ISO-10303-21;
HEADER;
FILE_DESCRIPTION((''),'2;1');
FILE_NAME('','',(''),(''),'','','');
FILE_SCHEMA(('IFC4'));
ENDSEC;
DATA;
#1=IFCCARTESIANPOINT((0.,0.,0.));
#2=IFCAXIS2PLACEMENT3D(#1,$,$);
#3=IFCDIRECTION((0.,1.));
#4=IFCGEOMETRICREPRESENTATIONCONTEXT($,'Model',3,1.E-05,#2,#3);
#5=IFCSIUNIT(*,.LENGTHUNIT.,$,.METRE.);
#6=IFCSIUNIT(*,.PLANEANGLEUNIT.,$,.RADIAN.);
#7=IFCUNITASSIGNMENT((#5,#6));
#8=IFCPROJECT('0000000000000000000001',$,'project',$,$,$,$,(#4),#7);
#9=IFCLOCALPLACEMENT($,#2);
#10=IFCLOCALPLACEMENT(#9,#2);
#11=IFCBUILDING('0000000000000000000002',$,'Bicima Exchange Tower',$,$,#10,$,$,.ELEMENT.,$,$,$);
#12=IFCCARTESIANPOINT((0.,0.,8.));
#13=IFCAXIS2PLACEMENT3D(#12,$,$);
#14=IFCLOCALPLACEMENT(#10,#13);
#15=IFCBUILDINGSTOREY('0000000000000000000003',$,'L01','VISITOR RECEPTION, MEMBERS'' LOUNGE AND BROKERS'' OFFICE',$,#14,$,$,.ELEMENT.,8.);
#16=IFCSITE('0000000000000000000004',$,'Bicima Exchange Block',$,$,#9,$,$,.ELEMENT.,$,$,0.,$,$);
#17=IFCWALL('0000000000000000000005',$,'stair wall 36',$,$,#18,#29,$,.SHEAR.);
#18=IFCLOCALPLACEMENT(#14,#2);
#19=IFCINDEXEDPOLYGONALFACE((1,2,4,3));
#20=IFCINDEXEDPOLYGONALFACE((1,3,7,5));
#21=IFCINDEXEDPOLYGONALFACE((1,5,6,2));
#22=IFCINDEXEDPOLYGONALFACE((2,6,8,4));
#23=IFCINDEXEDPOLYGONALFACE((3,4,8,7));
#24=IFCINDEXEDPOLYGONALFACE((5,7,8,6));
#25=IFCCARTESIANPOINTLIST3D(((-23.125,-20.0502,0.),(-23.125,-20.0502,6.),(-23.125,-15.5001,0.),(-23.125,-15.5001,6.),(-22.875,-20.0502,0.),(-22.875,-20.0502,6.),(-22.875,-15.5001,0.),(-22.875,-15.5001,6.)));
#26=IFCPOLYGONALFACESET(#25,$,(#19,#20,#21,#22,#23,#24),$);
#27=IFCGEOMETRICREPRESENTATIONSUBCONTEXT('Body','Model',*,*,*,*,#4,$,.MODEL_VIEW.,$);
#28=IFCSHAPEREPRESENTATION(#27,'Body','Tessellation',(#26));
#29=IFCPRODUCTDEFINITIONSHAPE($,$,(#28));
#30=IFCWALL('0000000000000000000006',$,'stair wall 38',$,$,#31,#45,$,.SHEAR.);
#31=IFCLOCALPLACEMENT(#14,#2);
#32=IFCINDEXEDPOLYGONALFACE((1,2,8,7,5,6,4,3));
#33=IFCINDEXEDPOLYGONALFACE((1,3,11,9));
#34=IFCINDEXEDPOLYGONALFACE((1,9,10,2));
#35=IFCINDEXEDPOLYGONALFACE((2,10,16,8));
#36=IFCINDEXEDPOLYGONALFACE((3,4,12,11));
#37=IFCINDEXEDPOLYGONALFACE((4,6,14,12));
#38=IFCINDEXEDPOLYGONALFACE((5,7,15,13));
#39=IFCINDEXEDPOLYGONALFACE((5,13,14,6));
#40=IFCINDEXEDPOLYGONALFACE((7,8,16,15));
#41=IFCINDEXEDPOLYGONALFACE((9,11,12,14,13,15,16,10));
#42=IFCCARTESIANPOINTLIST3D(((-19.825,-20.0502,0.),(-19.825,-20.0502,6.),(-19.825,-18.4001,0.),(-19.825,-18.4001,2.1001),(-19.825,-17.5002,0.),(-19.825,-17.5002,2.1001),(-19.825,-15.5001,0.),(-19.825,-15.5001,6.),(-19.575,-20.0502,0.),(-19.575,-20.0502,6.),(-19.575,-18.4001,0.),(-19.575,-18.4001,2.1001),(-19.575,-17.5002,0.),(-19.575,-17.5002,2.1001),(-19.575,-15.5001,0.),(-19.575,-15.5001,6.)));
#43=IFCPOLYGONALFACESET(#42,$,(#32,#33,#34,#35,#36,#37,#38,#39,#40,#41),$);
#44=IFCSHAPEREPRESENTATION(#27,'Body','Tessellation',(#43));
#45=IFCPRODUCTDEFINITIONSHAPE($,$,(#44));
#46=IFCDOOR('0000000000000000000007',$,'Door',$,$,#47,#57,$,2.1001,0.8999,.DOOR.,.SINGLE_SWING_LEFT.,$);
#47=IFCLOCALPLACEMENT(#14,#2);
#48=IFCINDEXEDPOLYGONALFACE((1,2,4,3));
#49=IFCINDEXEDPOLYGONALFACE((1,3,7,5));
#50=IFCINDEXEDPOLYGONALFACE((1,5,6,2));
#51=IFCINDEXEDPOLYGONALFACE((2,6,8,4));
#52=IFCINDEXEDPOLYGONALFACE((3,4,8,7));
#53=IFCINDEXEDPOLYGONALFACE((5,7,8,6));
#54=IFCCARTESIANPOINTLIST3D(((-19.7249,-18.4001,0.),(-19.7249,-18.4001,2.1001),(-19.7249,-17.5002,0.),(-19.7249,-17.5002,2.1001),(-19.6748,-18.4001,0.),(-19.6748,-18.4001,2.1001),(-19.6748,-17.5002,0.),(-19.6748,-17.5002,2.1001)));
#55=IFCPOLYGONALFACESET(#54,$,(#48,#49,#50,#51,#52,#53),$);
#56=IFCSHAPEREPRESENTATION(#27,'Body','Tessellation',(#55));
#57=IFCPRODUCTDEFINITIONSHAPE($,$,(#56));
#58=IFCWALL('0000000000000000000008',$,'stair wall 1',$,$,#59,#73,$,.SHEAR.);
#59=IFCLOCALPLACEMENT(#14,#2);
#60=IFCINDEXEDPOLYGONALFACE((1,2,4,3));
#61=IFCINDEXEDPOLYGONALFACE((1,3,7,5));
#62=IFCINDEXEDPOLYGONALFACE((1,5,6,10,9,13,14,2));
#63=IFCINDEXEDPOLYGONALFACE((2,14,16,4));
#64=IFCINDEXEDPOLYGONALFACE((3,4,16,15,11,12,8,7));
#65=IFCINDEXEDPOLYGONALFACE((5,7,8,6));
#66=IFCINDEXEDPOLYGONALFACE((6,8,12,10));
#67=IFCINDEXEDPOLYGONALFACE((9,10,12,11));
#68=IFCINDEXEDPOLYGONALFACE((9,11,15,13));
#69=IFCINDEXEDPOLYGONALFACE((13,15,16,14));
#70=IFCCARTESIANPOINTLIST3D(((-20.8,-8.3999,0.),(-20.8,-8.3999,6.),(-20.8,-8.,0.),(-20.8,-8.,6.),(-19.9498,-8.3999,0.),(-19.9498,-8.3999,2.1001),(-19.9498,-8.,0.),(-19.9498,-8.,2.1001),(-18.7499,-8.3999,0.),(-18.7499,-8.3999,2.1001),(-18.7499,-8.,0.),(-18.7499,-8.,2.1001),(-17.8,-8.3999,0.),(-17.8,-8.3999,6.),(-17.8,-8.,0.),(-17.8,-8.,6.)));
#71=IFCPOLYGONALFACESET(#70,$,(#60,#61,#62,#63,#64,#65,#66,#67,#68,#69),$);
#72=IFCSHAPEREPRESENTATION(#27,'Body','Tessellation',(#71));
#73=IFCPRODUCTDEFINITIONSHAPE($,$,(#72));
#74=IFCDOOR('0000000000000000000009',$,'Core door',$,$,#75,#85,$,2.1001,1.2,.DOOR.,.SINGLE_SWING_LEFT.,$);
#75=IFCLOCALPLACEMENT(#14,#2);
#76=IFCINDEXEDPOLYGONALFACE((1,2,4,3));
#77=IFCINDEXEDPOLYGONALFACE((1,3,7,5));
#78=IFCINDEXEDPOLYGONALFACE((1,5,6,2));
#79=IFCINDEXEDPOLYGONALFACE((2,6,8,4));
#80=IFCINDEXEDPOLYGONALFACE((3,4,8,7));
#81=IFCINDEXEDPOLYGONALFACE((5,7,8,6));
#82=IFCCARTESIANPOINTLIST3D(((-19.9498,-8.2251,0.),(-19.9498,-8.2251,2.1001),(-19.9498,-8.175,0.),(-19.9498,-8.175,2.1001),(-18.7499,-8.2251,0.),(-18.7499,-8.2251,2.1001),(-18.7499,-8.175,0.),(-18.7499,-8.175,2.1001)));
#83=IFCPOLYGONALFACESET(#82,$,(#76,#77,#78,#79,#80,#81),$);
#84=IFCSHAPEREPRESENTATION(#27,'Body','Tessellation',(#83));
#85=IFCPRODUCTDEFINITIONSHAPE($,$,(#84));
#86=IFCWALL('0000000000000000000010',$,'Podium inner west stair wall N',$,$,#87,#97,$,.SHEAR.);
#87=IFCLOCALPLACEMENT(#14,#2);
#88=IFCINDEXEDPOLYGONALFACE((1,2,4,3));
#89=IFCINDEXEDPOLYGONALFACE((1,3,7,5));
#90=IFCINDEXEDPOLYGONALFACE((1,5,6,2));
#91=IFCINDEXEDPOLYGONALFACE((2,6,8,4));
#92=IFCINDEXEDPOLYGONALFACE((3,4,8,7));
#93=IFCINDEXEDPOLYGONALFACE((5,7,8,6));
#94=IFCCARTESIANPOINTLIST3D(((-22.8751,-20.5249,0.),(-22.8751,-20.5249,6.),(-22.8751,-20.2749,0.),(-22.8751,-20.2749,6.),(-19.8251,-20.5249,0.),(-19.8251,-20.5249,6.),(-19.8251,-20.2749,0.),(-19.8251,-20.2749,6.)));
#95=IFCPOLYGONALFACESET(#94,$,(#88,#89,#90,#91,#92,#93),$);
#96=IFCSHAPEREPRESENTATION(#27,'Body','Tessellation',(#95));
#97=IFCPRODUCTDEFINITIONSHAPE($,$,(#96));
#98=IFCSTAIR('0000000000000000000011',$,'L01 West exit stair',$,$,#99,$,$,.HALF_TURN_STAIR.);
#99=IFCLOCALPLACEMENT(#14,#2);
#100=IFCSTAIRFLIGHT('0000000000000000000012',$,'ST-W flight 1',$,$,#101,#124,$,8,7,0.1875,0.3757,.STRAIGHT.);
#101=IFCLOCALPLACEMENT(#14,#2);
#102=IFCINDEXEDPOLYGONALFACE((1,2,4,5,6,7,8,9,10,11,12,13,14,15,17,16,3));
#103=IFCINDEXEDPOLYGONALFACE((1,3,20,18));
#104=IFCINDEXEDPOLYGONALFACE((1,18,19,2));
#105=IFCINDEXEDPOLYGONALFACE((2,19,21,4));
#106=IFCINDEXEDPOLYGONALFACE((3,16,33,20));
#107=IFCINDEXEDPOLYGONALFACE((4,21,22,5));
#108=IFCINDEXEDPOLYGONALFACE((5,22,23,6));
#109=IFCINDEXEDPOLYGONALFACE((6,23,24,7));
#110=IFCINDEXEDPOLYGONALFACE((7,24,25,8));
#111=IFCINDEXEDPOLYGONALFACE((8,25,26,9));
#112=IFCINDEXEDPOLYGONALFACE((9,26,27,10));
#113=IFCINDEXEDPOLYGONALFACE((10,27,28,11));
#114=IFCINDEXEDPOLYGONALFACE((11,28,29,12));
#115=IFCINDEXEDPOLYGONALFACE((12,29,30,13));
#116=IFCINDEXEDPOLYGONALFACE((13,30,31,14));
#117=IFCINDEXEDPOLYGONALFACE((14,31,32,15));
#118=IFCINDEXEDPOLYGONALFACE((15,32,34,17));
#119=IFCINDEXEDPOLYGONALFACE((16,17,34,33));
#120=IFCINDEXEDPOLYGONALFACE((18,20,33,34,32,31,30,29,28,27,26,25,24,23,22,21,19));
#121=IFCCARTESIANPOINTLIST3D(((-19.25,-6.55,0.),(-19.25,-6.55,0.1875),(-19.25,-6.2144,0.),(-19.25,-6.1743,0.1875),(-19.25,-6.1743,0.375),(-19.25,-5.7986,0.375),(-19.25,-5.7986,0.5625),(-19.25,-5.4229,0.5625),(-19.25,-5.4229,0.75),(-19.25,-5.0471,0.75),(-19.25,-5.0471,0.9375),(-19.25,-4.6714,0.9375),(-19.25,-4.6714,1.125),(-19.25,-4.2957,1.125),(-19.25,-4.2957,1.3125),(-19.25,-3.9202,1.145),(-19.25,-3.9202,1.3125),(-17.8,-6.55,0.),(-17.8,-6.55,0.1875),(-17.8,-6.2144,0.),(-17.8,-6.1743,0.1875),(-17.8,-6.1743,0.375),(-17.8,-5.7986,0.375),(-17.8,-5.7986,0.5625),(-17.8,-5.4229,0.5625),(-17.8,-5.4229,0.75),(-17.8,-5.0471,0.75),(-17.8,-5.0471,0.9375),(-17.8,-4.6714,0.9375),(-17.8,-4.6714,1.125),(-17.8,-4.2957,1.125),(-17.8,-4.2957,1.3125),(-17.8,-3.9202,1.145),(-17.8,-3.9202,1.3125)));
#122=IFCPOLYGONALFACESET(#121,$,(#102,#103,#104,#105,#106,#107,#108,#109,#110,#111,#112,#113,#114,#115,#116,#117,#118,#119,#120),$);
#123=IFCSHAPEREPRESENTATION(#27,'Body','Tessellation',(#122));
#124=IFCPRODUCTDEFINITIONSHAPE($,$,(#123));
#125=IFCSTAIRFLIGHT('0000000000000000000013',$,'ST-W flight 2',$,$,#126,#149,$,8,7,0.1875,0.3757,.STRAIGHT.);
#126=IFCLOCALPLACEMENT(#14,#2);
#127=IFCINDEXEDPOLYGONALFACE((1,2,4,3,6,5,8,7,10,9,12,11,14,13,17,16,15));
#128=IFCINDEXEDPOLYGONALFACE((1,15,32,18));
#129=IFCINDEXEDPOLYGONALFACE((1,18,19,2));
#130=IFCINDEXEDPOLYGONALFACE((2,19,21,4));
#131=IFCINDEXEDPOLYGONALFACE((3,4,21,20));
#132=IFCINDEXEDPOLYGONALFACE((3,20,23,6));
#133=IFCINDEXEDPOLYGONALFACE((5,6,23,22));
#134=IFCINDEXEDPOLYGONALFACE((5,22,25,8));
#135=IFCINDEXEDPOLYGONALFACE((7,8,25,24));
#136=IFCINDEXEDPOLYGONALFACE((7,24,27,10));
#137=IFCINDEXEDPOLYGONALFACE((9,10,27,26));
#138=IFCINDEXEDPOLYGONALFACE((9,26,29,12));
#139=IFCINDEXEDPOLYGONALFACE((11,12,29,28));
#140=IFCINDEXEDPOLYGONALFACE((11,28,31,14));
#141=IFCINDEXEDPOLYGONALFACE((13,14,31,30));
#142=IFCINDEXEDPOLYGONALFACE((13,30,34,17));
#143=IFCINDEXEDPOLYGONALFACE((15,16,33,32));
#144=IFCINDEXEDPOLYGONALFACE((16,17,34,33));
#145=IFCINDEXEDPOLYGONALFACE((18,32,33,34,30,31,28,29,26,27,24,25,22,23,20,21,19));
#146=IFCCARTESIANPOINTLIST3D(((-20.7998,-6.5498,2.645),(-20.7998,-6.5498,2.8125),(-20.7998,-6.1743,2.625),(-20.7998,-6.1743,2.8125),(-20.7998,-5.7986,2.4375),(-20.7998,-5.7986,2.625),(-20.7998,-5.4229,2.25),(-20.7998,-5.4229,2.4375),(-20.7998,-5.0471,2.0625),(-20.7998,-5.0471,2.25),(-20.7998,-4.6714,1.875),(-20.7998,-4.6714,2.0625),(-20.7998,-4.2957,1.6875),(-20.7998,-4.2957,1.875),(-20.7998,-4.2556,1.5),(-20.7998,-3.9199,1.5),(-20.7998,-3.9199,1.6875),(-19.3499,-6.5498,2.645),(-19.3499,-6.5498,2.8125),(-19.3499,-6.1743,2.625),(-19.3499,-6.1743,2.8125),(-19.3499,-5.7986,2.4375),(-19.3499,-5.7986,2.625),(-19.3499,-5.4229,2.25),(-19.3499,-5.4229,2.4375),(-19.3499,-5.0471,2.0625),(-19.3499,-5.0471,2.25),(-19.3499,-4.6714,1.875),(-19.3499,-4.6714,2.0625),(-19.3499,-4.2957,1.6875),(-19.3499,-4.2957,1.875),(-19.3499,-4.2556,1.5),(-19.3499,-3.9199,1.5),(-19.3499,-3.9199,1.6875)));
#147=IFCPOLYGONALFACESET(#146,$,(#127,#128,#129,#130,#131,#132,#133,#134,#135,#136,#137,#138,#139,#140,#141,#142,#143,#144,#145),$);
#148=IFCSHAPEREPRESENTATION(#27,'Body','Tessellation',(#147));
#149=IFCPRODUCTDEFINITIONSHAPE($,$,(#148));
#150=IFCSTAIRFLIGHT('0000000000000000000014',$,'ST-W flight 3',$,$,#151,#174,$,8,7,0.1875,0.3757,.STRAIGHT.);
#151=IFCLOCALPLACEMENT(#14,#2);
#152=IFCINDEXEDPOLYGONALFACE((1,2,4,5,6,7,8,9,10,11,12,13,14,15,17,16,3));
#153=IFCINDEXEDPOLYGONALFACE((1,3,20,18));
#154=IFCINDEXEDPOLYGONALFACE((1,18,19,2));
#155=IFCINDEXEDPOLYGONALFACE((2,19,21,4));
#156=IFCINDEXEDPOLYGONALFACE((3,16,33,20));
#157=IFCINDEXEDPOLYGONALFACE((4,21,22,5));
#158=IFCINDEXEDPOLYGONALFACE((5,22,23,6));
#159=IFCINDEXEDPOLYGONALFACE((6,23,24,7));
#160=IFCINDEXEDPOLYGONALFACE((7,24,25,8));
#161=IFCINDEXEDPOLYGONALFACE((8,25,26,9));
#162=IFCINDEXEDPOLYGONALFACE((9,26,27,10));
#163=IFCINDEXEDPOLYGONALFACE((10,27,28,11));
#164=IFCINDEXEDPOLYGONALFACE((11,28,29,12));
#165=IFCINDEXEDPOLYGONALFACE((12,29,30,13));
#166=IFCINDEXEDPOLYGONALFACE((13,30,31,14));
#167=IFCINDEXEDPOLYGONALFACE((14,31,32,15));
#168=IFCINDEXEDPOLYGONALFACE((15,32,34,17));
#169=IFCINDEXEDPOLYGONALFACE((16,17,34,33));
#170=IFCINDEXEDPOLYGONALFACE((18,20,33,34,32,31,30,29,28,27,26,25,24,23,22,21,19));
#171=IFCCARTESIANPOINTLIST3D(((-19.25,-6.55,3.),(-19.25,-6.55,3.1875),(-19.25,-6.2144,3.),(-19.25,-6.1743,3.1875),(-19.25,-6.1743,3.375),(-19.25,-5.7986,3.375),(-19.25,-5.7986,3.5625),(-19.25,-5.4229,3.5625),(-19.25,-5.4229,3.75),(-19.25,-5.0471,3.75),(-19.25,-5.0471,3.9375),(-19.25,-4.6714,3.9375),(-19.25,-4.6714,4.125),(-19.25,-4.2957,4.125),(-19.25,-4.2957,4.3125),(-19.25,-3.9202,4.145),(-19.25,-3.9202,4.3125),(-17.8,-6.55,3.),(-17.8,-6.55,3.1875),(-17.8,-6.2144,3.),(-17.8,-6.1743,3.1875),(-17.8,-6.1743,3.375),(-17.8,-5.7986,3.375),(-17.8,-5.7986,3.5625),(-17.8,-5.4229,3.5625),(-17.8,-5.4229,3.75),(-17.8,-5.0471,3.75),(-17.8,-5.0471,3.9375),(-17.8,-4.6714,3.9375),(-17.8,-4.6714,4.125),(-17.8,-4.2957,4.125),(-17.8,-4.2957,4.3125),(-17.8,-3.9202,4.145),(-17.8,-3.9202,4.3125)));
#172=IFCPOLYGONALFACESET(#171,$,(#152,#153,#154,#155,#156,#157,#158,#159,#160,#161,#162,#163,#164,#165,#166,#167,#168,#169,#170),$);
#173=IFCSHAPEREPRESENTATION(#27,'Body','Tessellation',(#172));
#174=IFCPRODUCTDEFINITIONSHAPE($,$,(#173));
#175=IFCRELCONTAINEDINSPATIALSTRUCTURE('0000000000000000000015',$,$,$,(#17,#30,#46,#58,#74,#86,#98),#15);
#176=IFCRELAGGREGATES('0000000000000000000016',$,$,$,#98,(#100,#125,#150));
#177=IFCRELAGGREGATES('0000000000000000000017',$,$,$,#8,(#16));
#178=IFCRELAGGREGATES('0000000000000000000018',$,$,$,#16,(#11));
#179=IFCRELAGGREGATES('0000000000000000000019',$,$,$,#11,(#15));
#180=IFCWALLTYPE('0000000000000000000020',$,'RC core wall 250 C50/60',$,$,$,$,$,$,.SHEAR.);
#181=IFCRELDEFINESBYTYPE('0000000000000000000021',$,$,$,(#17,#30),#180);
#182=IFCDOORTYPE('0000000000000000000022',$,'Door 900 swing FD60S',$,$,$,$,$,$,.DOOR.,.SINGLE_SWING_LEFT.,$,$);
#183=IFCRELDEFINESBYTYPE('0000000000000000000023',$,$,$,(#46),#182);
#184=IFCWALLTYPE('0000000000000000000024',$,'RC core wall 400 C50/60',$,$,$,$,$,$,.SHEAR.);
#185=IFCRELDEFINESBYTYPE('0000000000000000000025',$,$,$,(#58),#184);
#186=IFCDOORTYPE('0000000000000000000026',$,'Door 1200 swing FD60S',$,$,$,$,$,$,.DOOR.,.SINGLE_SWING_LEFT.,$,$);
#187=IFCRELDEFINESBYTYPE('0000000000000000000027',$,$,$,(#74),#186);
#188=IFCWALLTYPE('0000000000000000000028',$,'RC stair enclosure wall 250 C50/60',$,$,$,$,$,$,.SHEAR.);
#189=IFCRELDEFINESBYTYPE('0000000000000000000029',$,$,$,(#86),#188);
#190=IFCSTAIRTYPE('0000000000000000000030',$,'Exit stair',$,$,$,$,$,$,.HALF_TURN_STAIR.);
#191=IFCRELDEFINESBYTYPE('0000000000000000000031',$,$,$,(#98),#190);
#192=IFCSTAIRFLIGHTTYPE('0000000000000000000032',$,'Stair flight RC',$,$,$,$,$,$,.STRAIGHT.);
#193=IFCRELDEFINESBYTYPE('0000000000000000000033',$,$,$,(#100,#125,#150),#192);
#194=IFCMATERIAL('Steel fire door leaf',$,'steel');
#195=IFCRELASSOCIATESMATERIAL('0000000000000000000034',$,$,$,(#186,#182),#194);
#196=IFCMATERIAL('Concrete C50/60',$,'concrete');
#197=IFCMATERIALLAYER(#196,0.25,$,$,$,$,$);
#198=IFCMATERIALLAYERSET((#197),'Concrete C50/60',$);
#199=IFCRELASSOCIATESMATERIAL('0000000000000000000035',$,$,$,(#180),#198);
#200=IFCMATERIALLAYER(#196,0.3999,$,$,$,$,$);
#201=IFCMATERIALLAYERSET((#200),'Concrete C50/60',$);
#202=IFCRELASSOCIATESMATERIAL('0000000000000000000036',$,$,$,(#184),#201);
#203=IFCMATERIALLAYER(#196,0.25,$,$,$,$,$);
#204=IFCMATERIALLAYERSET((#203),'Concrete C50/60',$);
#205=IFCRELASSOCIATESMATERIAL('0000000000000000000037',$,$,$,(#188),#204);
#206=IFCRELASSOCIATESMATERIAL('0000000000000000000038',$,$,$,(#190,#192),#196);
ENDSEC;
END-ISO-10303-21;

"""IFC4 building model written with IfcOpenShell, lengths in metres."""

from ifc_helpers import new_model, si_unit, direction, frame, frame_2d, origin, place, context, subcontext, project, spatial, polyline, rectangle, outline, extrude, material, layer, layer_set, type_object, element, fill, aggregate, save


model = new_model("IFC4")

# Units and contexts
model_context = context("Model", 3, precision=1e-05, world=origin(), true_north=direction((0.0, 1.0)))
body_context = subcontext(model_context, "Body", "Model", "MODEL_VIEW")
ifc_project = project(units=[si_unit("LENGTHUNIT", "METRE"), si_unit("PLANEANGLEUNIT", "RADIAN")], contexts=[model_context])

# Site, building, storey
site_placement = place(None, origin())
site = spatial("IfcSite", under=ifc_project, at=site_placement, Name="Bicima Exchange Block", CompositionType="ELEMENT", RefElevation=0.0)
building_placement = place(site_placement, origin())
building = spatial("IfcBuilding", under=site, at=building_placement, Name="Bicima Exchange Tower", CompositionType="ELEMENT")
storey_placement = place(building_placement, frame((0.0, 0.0, 8.0)))
storey = spatial("IfcBuildingStorey", under=building, at=storey_placement, Name="L01", Description="VISITOR RECEPTION, MEMBERS' LOUNGE AND BROKERS' OFFICE", CompositionType="ELEMENT", Elevation=8.0)

# Shared definitions
ifc_material_1 = material(Name="Steel fire door leaf", Category="steel")
door_type_1 = type_object("IfcDoorType", Name="Door 1200 swing FD60S", OperationType="SINGLE_SWING_LEFT", PredefinedType="DOOR", material=ifc_material_1)

# Wall
ifc_material_2 = material(Name="Concrete C50/60", Category="concrete")
ifc_layer_1 = layer(ifc_material_2, 0.25)
ifc_layer_set_1 = layer_set([ifc_layer_1], Name="Concrete C50/60")
wall_type_1 = type_object("IfcWallType", Name="RC core wall 250 C50/60", PredefinedType="SHEAR", material=ifc_layer_set_1)
wall_1_placement = place(storey_placement, frame((-23.0, -20.05, 0.0), z_axis=(0.0, 0.0, 1.0), x_axis=(0.0, 1.0, 0.0)))
element("IfcWall", 1, at=wall_1_placement, inside=storey, type_object=wall_type_1, Name="stair wall 36", PredefinedType="SHEAR", context=body_context, shape_type="SweptSolid", body=[
    extrude(rectangle(XDim=4.55, YDim=0.25, at=frame_2d((2.2749, 0.0))), origin(), (0.0, 0.0, 1.0), 6.0),
])

# Walls, openings, doors
wall_2_placement = place(storey_placement, frame((-19.7, -20.05, 0.0), z_axis=(0.0, 0.0, 1.0), x_axis=(0.0, 1.0, 0.0)))
wall_2 = element("IfcWall", 2, at=wall_2_placement, inside=storey, type_object=wall_type_1, Name="stair wall 38", PredefinedType="SHEAR", context=body_context, shape_type="SweptSolid", body=[
    extrude(rectangle(XDim=4.55, YDim=0.25, at=frame_2d((2.2749, 0.0))), origin(), (0.0, 0.0, 1.0), 6.0),
])
opening_1_placement = place(wall_2_placement, frame((1.6499, 0.0, 0.0)))
opening_1 = element("IfcOpeningElement", 3, at=opening_1_placement, cuts=wall_2, PredefinedType="OPENING", context=body_context, shape_type="SweptSolid", body=[
    extrude(rectangle(XDim=0.8999, YDim=2.1001, at=frame_2d((0.45, 1.05))), frame((0.0, 0.137, 0.0), z_axis=(0.0, -1.0, 0.0), x_axis=(1.0, 0.0, 0.0)), (0.0, 0.0, 1.0), 0.2739),
])
door_type_2 = type_object("IfcDoorType", Name="Door 900 swing FD60S", OperationType="SINGLE_SWING_LEFT", PredefinedType="DOOR", material=ifc_material_1)
door_1_placement = place(opening_1_placement, origin())
door_1 = element("IfcDoor", 4, at=door_1_placement, inside=storey, type_object=door_type_2, Name="Door", OperationType="SINGLE_SWING_LEFT", OverallHeight=2.1001, OverallWidth=0.8999, PredefinedType="DOOR", context=body_context, shape_type="SweptSolid", body=[
    extrude(rectangle(XDim=0.8999, YDim=2.1001, at=frame_2d((0.45, 1.05))), frame((0.0, 0.0249, 0.0), z_axis=(0.0, -1.0, 0.0), x_axis=(1.0, 0.0, 0.0)), (0.0, 0.0, 1.0), 0.05),
])
fill(opening_1, door_1)
ifc_layer_2 = layer(ifc_material_2, 0.3999)
ifc_layer_set_2 = layer_set([ifc_layer_2], Name="Concrete C50/60")
wall_type_2 = type_object("IfcWallType", Name="RC core wall 400 C50/60", PredefinedType="SHEAR", material=ifc_layer_set_2)
wall_3_placement = place(storey_placement, frame((-20.8, -8.2, 0.0), z_axis=(0.0, 0.0, 1.0), x_axis=(1.0, 0.0, 0.0)))
wall_3 = element("IfcWall", 5, at=wall_3_placement, inside=storey, type_object=wall_type_2, Name="stair wall 1", PredefinedType="SHEAR", context=body_context, shape_type="SweptSolid", body=[
    extrude(rectangle(XDim=3.0, YDim=0.3999, at=frame_2d((1.5, 0.0))), origin(), (0.0, 0.0, 1.0), 6.0),
])
opening_2_placement = place(wall_3_placement, frame((0.8501, 0.0, 0.0)))
opening_2 = element("IfcOpeningElement", 6, at=opening_2_placement, cuts=wall_3, PredefinedType="OPENING", context=body_context, shape_type="SweptSolid", body=[
    extrude(rectangle(XDim=1.2, YDim=2.1001, at=frame_2d((0.6001, 1.05))), frame((0.0, 0.2119, 0.0), z_axis=(0.0, -1.0, 0.0), x_axis=(1.0, 0.0, 0.0)), (0.0, 0.0, 1.0), 0.4238),
])
door_2_placement = place(opening_2_placement, origin())
door_2 = element("IfcDoor", 7, at=door_2_placement, inside=storey, type_object=door_type_1, Name="Core door", OperationType="SINGLE_SWING_LEFT", OverallHeight=2.1001, OverallWidth=1.2, PredefinedType="DOOR", context=body_context, shape_type="SweptSolid", body=[
    extrude(rectangle(XDim=1.2, YDim=2.1001, at=frame_2d((0.6001, 1.05))), frame((0.0, 0.0249, 0.0), z_axis=(0.0, -1.0, 0.0), x_axis=(1.0, 0.0, 0.0)), (0.0, 0.0, 1.0), 0.05),
])
fill(opening_2, door_2)

# Wall
ifc_layer_3 = layer(ifc_material_2, 0.25)
ifc_layer_set_3 = layer_set([ifc_layer_3], Name="Concrete C50/60")
wall_type_3 = type_object("IfcWallType", Name="RC stair enclosure wall 250 C50/60", PredefinedType="SHEAR", material=ifc_layer_set_3)
wall_4_placement = place(storey_placement, frame((-22.875, -20.3999, 0.0), z_axis=(0.0, 0.0, 1.0), x_axis=(1.0, 0.0, 0.0)))
element("IfcWall", 8, at=wall_4_placement, inside=storey, type_object=wall_type_3, Name="Podium inner west stair wall N", PredefinedType="SHEAR", context=body_context, shape_type="SweptSolid", body=[
    extrude(rectangle(XDim=3.05, YDim=0.25, at=frame_2d((1.5249, 0.0))), origin(), (0.0, 0.0, 1.0), 6.0),
])

# Stair, stair flights
stair_type = type_object("IfcStairType", Name="Exit stair", PredefinedType="HALF_TURN_STAIR", material=ifc_material_2)
stair_placement = place(storey_placement, origin())
stair = element("IfcStair", 9, at=stair_placement, inside=storey, type_object=stair_type, Name="L01 West exit stair", PredefinedType="HALF_TURN_STAIR")
stair_flight_type = type_object("IfcStairFlightType", Name="Stair flight RC", PredefinedType="STRAIGHT", material=ifc_material_2)
stair_flight_1_placement = place(storey_placement, frame((-18.5249, -6.55, 0.0), z_axis=(0.0, 0.0, 1.0), x_axis=(0.0, 1.0, 0.0)))
stair_flight_1 = element("IfcStairFlight", 10, at=stair_flight_1_placement, type_object=stair_flight_type, Name="ST-W flight 1", NumberOfRisers=8, NumberOfTreads=7, PredefinedType="STRAIGHT", RiserHeight=0.1875, TreadLength=0.3757, context=body_context, shape_type="SweptSolid", body=[
    extrude(outline(polyline([(0.0, 0.0), (0.0, 0.1875), (0.3757, 0.1875), (0.3757, 0.375), (0.7515, 0.375), (0.7515, 0.5625), (1.1272, 0.5625), (1.1272, 0.75), (1.5029, 0.75), (1.5029, 0.9375), (1.8787, 0.9375), (1.8787, 1.125), (2.2544, 1.125), (2.2544, 1.3125), (2.6299, 1.3125), (2.6299, 1.5), (2.6299, 1.145), (0.3357, 0.0), (0.0, 0.0)])), frame((0.0, 0.7251, 0.0), z_axis=(0.0, -1.0, 0.0), x_axis=(1.0, 0.0, 0.0)), (0.0, 0.0, 1.0), 1.45),
])
stair_flight_2_placement = place(storey_placement, frame((-20.075, -3.9199, 1.5), z_axis=(0.0, 0.0, 1.0), x_axis=(0.0, -1.0, 0.0)))
stair_flight_2 = element("IfcStairFlight", 11, at=stair_flight_2_placement, type_object=stair_flight_type, Name="ST-W flight 2", NumberOfRisers=8, NumberOfTreads=7, PredefinedType="STRAIGHT", RiserHeight=0.1875, TreadLength=0.3757, context=body_context, shape_type="SweptSolid", body=[
    extrude(outline(polyline([(0.0, 0.0), (0.0, 0.1875), (0.3757, 0.1875), (0.3757, 0.375), (0.7515, 0.375), (0.7515, 0.5625), (1.1272, 0.5625), (1.1272, 0.75), (1.5029, 0.75), (1.5029, 0.9375), (1.8787, 0.9375), (1.8787, 1.125), (2.2544, 1.125), (2.2544, 1.3125), (2.6299, 1.3125), (2.6299, 1.5), (2.6299, 1.145), (0.3357, 0.0), (0.0, 0.0)])), frame((0.0, 0.7251, 0.0), z_axis=(0.0, -1.0, 0.0), x_axis=(1.0, 0.0, 0.0)), (0.0, 0.0, 1.0), 1.45),
])
stair_flight_3_placement = place(storey_placement, frame((-18.5249, -6.55, 3.0), z_axis=(0.0, 0.0, 1.0), x_axis=(0.0, 1.0, 0.0)))
stair_flight_3 = element("IfcStairFlight", 12, at=stair_flight_3_placement, type_object=stair_flight_type, Name="ST-W flight 3", NumberOfRisers=8, NumberOfTreads=7, PredefinedType="STRAIGHT", RiserHeight=0.1875, TreadLength=0.3757, context=body_context, shape_type="SweptSolid", body=[
    extrude(outline(polyline([(0.0, 0.0), (0.0, 0.1875), (0.3757, 0.1875), (0.3757, 0.375), (0.7515, 0.375), (0.7515, 0.5625), (1.1272, 0.5625), (1.1272, 0.75), (1.5029, 0.75), (1.5029, 0.9375), (1.8787, 0.9375), (1.8787, 1.125), (2.2544, 1.125), (2.2544, 1.3125), (2.6299, 1.3125), (2.6299, 1.5), (2.6299, 1.145), (0.3357, 0.0), (0.0, 0.0)])), frame((0.0, 0.7251, 0.0), z_axis=(0.0, -1.0, 0.0), x_axis=(1.0, 0.0, 0.0)), (0.0, 0.0, 1.0), 1.45),
])
aggregate(stair, [stair_flight_1, stair_flight_2, stair_flight_3])

save(model, "model.ifc")
